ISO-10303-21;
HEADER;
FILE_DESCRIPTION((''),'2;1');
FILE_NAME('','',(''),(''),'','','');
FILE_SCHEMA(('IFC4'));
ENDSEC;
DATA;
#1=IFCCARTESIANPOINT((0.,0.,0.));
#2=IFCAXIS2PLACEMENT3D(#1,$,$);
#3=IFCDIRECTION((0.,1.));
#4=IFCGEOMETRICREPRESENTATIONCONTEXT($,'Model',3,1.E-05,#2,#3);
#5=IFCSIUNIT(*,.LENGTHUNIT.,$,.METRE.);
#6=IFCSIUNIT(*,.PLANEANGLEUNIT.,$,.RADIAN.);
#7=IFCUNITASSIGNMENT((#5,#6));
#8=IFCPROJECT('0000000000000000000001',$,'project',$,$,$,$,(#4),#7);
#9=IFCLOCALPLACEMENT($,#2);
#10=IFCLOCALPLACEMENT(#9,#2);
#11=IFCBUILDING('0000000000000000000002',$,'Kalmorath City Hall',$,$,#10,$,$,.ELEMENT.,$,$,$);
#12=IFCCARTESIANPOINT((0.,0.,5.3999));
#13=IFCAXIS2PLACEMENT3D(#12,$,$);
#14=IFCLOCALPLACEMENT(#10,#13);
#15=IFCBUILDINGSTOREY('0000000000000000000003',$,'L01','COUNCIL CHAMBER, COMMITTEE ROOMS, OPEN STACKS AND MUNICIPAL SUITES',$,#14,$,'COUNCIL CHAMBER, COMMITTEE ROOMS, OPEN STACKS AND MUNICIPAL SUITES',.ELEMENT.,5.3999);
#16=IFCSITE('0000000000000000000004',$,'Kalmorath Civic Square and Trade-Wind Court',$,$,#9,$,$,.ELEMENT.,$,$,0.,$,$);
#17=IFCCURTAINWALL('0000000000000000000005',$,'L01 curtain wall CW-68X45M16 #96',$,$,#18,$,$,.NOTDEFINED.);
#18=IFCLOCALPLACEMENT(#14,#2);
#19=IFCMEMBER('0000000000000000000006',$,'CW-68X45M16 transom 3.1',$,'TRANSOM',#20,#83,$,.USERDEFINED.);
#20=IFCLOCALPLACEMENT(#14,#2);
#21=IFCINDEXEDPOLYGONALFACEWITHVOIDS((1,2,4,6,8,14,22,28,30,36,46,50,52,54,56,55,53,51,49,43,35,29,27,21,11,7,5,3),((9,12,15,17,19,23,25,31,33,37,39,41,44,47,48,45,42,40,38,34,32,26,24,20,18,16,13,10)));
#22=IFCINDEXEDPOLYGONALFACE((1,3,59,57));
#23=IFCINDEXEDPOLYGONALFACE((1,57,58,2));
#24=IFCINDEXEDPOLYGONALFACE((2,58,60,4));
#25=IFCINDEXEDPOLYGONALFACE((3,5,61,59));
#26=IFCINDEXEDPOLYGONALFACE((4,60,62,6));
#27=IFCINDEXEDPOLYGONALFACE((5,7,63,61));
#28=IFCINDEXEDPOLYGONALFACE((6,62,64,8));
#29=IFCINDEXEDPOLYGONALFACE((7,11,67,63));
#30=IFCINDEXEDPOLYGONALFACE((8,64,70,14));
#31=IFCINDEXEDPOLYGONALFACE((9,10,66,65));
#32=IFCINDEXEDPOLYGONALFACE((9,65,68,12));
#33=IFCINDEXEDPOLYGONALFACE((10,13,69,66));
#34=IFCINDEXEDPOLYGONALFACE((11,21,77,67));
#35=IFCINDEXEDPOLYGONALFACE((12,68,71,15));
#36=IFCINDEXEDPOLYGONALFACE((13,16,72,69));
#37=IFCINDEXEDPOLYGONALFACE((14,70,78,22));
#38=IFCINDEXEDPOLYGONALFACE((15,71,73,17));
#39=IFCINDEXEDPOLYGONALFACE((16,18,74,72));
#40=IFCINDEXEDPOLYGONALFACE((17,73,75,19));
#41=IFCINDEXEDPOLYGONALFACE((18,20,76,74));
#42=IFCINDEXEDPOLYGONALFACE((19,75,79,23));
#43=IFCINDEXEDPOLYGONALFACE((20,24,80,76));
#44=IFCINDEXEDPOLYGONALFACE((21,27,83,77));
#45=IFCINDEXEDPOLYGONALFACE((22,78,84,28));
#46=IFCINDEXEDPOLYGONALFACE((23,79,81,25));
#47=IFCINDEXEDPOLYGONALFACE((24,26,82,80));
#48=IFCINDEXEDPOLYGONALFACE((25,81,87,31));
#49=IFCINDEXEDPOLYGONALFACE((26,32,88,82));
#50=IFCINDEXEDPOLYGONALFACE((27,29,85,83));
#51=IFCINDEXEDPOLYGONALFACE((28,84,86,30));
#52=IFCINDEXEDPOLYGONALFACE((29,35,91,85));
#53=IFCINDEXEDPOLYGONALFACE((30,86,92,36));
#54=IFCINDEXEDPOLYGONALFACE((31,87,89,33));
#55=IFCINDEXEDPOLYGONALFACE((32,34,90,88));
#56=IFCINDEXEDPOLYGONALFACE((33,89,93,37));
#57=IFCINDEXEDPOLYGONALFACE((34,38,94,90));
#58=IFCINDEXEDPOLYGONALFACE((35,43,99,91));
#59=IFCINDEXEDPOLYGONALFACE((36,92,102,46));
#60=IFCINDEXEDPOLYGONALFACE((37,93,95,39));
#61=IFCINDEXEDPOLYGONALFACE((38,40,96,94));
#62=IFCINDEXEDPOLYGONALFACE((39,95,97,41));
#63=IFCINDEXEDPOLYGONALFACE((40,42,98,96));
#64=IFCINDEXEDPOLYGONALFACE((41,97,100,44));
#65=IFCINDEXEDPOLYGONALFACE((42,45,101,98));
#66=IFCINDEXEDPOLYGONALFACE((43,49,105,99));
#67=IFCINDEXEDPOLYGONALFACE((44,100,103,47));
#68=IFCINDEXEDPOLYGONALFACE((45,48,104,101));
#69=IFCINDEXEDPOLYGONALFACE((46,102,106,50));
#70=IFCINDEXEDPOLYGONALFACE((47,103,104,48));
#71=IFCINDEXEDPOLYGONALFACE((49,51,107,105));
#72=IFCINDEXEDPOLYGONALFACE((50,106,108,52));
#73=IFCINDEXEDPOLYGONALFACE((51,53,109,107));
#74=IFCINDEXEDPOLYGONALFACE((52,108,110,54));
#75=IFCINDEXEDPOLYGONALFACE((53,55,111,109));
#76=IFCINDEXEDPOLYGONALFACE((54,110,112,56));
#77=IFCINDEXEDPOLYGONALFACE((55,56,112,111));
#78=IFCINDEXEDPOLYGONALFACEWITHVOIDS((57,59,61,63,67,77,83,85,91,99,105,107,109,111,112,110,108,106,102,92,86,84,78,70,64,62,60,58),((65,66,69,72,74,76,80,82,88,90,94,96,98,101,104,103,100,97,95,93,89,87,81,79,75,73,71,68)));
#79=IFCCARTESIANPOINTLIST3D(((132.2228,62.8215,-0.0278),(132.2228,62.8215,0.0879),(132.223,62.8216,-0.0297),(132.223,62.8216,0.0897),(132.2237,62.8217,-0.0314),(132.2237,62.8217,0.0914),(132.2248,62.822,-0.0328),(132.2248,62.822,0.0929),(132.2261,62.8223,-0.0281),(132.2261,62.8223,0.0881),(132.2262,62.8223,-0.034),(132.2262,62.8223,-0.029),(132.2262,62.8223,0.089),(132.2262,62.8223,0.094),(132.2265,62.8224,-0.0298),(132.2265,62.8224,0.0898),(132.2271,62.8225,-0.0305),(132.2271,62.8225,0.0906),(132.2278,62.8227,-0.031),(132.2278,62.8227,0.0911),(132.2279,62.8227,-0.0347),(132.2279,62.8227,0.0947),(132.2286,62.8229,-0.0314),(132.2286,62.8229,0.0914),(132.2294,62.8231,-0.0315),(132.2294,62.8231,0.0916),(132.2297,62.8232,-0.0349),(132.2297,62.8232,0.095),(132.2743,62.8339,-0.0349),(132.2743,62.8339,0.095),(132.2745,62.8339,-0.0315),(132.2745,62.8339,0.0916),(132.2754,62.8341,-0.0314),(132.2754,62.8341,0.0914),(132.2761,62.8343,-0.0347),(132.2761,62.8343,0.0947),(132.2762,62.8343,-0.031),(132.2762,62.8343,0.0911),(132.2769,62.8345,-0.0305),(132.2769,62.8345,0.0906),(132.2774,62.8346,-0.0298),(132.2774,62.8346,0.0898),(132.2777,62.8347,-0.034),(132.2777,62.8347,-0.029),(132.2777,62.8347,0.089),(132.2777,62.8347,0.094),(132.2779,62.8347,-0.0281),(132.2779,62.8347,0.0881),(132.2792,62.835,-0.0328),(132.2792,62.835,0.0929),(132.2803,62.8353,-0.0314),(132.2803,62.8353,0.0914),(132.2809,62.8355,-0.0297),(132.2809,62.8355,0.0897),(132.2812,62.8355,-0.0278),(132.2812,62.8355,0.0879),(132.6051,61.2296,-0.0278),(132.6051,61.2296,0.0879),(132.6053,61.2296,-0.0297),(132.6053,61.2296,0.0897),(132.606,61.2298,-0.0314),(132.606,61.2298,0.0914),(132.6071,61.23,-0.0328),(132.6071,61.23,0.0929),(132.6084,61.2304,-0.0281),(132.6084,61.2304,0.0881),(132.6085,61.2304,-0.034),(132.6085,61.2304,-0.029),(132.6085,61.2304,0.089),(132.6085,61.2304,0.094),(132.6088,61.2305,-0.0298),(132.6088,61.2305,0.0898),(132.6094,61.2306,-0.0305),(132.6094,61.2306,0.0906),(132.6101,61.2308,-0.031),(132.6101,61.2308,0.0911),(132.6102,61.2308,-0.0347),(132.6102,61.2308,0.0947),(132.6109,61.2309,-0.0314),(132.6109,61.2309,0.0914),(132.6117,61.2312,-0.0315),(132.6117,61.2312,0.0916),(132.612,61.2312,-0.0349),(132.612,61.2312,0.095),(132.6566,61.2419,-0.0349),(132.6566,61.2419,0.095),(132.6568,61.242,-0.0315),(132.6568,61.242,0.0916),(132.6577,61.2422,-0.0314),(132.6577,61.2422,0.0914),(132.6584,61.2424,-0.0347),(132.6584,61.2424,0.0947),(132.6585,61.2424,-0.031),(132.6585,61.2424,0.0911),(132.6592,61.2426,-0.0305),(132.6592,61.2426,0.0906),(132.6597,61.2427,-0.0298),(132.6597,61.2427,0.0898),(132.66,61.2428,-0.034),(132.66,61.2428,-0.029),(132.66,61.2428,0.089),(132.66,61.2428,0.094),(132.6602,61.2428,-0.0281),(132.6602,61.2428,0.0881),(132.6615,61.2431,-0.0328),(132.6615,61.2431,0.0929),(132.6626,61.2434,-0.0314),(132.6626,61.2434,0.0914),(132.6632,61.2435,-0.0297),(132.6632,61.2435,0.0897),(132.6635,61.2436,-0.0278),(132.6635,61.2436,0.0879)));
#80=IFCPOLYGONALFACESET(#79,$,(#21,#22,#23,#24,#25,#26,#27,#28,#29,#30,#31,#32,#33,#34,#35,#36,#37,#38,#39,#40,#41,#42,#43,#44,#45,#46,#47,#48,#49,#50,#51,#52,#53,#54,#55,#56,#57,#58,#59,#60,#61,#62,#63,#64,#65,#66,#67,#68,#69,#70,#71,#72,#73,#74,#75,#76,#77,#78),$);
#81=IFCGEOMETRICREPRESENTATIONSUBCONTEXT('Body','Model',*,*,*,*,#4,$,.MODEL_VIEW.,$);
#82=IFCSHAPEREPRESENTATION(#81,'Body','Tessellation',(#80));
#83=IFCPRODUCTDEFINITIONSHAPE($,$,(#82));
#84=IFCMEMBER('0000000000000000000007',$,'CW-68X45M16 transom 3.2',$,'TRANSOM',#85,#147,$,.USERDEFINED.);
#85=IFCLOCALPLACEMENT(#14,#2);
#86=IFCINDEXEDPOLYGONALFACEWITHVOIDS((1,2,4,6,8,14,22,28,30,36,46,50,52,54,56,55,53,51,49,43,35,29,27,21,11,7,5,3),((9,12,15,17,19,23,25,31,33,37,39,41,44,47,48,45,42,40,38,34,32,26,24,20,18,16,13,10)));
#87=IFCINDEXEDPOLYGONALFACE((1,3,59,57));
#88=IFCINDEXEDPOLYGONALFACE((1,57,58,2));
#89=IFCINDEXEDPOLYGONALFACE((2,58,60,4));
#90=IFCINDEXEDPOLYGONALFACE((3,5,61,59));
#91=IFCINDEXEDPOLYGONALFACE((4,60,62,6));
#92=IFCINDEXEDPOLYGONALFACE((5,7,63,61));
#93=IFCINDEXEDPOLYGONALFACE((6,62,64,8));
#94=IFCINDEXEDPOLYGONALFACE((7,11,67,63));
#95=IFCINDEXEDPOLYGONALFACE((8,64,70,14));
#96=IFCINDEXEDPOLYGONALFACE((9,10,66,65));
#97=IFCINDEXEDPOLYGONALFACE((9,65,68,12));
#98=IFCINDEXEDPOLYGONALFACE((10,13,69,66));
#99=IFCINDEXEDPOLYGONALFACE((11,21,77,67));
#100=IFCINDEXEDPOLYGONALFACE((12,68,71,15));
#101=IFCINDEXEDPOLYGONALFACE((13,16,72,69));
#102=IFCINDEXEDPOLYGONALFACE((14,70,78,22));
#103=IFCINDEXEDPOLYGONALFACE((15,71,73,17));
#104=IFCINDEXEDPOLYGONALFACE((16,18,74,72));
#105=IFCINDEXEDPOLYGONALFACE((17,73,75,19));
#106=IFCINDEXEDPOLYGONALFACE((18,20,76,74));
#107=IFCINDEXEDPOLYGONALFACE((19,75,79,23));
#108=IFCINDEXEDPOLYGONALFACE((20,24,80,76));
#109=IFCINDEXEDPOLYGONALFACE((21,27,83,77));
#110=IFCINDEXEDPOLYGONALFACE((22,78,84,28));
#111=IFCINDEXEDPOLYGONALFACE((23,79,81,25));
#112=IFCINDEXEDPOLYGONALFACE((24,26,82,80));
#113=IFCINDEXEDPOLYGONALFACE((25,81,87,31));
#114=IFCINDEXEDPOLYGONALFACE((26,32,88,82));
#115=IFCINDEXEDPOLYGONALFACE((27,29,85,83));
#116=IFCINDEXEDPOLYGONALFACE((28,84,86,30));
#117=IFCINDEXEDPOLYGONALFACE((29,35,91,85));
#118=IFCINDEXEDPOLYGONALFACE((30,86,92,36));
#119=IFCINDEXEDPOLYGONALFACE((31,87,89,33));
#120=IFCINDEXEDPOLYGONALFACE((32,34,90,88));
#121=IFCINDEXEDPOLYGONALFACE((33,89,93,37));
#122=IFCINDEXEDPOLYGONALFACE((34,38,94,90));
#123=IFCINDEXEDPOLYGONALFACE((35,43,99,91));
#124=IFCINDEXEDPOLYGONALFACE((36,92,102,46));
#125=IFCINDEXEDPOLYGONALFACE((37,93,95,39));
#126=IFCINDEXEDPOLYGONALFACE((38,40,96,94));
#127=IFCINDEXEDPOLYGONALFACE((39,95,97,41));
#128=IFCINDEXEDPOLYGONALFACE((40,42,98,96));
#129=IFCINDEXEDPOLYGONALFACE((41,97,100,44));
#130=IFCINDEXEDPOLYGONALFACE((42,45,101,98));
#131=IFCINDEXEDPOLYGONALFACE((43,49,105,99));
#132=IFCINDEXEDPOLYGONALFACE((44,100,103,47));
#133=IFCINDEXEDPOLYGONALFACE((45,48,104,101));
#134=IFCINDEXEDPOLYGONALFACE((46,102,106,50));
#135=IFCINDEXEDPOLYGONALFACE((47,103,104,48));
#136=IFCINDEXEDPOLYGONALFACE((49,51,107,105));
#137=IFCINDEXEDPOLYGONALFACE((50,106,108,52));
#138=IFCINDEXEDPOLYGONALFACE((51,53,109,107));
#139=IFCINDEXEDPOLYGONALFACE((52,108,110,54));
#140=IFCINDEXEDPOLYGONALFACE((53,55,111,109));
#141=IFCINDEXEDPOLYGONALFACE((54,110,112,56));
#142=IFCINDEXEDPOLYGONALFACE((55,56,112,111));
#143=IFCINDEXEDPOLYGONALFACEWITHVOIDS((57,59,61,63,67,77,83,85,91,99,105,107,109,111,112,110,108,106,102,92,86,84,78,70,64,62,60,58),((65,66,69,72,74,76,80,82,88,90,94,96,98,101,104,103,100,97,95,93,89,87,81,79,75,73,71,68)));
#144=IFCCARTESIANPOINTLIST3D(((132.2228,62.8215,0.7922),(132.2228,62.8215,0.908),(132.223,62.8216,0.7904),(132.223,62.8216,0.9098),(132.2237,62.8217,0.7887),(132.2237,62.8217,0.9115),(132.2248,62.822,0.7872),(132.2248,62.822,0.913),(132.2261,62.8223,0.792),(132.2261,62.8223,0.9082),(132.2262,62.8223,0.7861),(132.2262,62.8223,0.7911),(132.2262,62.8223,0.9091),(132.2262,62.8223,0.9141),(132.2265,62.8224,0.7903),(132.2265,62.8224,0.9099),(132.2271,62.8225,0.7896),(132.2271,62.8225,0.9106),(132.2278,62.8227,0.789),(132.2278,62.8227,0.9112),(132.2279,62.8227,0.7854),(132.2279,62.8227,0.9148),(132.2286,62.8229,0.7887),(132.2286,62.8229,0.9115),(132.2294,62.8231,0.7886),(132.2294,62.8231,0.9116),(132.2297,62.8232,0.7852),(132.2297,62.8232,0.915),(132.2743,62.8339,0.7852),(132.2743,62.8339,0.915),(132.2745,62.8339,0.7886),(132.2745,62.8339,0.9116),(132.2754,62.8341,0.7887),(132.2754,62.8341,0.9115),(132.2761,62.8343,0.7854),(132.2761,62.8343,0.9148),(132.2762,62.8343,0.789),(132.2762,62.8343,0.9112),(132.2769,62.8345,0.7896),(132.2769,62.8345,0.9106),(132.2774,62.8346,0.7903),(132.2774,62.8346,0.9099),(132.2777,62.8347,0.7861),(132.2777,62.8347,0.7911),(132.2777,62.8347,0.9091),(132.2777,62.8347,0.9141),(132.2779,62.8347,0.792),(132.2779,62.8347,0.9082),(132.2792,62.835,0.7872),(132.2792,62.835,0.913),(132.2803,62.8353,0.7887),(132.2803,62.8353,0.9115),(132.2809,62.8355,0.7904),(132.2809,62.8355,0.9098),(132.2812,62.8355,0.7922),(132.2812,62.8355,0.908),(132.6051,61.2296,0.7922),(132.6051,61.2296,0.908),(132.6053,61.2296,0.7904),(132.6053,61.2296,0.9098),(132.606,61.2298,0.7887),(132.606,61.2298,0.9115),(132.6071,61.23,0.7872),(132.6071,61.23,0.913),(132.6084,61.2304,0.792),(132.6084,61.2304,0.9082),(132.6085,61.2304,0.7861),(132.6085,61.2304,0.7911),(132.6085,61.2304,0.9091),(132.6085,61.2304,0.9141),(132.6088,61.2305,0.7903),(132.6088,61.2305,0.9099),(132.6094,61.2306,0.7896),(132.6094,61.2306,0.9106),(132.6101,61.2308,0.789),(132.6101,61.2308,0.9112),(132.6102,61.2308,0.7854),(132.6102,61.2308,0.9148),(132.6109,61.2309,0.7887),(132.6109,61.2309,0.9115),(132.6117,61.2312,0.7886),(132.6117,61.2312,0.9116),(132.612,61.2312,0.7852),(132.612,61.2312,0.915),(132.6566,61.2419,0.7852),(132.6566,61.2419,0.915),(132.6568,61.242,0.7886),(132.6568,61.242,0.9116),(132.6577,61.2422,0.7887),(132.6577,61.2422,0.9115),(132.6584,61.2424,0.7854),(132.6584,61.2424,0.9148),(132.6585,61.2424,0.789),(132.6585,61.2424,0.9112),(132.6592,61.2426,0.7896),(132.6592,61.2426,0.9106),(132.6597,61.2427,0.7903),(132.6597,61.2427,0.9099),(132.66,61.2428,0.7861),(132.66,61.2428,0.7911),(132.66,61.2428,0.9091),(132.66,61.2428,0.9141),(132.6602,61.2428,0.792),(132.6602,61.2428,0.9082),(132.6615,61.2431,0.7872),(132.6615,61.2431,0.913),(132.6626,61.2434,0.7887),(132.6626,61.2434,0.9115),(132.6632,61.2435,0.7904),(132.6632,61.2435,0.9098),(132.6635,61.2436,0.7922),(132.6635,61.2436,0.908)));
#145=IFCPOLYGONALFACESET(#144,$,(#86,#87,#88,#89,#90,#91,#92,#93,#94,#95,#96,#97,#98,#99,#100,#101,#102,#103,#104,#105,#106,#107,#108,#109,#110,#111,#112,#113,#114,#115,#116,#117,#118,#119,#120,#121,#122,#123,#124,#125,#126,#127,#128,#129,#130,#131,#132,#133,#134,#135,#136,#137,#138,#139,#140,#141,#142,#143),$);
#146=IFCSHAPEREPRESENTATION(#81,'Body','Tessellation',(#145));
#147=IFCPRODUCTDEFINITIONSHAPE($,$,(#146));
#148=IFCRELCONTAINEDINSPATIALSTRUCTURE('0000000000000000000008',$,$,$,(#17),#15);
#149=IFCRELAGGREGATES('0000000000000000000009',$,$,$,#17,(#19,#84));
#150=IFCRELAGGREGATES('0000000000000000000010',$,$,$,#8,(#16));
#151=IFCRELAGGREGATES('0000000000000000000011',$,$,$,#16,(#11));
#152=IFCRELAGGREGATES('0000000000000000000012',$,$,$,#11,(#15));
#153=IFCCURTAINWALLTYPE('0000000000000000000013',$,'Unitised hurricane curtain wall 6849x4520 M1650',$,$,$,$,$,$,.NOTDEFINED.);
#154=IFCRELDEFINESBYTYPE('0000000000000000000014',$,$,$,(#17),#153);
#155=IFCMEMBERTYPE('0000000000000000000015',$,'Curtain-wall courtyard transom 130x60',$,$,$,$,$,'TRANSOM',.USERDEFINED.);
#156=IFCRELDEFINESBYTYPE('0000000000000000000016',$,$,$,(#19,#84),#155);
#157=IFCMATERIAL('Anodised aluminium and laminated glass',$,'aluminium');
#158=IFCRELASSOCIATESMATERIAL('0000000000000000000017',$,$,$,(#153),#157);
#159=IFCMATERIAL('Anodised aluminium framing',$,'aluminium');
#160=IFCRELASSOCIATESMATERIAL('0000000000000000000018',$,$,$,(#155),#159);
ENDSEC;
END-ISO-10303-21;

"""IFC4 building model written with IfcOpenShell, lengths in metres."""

from ifc_helpers import new_model, si_unit, direction, frame, origin, origin_2d, place, context, subcontext, project, spatial, hollow_rectangle, extrude, material, material_profile, profile_set, type_object, element, aggregate, save


model = new_model("IFC4")

# Units and contexts
model_context = context("Model", 3, precision=1e-05, world=origin(), true_north=direction((0.0, 1.0)))
body_context = subcontext(model_context, "Body", "Model", "MODEL_VIEW")
ifc_project = project(units=[si_unit("LENGTHUNIT", "METRE"), si_unit("PLANEANGLEUNIT", "RADIAN")], contexts=[model_context])

# Site, building, storey
site_placement = place(None, origin())
site = spatial("IfcSite", under=ifc_project, at=site_placement, Name="Kalmorath Civic Square and Trade-Wind Court", CompositionType="ELEMENT", RefElevation=0.0)
building_placement = place(site_placement, origin())
building = spatial("IfcBuilding", under=site, at=building_placement, Name="Kalmorath City Hall", CompositionType="ELEMENT")
storey_placement = place(building_placement, frame((0.0, 0.0, 5.3999)))
storey = spatial("IfcBuildingStorey", under=building, at=storey_placement, Name="L01", Description="COUNCIL CHAMBER, COMMITTEE ROOMS, OPEN STACKS AND MUNICIPAL SUITES", LongName="COUNCIL CHAMBER, COMMITTEE ROOMS, OPEN STACKS AND MUNICIPAL SUITES", CompositionType="ELEMENT", Elevation=5.3999)

# Curtain wall, members
ifc_material_1 = material(Name="Anodised aluminium and laminated glass", Category="aluminium")
curtain_wall_type = type_object("IfcCurtainWallType", Name="Unitised hurricane curtain wall 6849x4520 M1650", PredefinedType="NOTDEFINED", material=ifc_material_1)
curtain_wall_placement = place(storey_placement, origin())
curtain_wall = element("IfcCurtainWall", 1, at=curtain_wall_placement, inside=storey, type_object=curtain_wall_type, Name="L01 curtain wall CW-68X45M16 #96", PredefinedType="NOTDEFINED")
ifc_material_2 = material(Name="Anodised aluminium framing", Category="aluminium")
ifc_material_profile_1 = material_profile(ifc_material_2, hollow_rectangle(XDim=0.0601, YDim=0.1299, WallThickness=0.0034, InnerFilletRadius=0.0034, OuterFilletRadius=0.0071, at=origin_2d()), Name="ALU-TRN-130X60X3.5")
ifc_profile_set_1 = profile_set([ifc_material_profile_1], Name="Anodised aluminium framing")
member_type_1 = type_object("IfcMemberType", Name="Curtain-wall courtyard transom 130x60", ElementType="TRANSOM", PredefinedType="USERDEFINED", material=ifc_profile_set_1)
member_1_placement = place(storey_placement, frame((132.6343, 61.2366, 0.03), z_axis=(-0.233508, 0.972355, 0.0), x_axis=(-0.972355, -0.233508, 0.0)))
member_1 = element("IfcMember", 2, at=member_1_placement, type_object=member_type_1, Name="CW-68X45M16 transom 3.1", ObjectType="TRANSOM", PredefinedType="USERDEFINED", context=body_context, shape_type="SweptSolid", body=[
    extrude(hollow_rectangle(XDim=0.0601, YDim=0.1299, WallThickness=0.0034, InnerFilletRadius=0.0034, OuterFilletRadius=0.0071, at=origin_2d()), origin(), (0.0, 0.0, 1.0), 1.6372),
])
member_2_placement = place(storey_placement, frame((132.6343, 61.2366, 0.8501), z_axis=(-0.233508, 0.972355, 0.0), x_axis=(-0.972355, -0.233508, 0.0)))
member_2 = element("IfcMember", 3, at=member_2_placement, type_object=member_type_1, Name="CW-68X45M16 transom 3.2", ObjectType="TRANSOM", PredefinedType="USERDEFINED", context=body_context, shape_type="SweptSolid", body=[
    extrude(hollow_rectangle(XDim=0.0601, YDim=0.1299, WallThickness=0.0034, InnerFilletRadius=0.0034, OuterFilletRadius=0.0071, at=origin_2d()), origin(), (0.0, 0.0, 1.0), 1.6372),
])
aggregate(curtain_wall, [member_1, member_2])

save(model, "model.ifc")
